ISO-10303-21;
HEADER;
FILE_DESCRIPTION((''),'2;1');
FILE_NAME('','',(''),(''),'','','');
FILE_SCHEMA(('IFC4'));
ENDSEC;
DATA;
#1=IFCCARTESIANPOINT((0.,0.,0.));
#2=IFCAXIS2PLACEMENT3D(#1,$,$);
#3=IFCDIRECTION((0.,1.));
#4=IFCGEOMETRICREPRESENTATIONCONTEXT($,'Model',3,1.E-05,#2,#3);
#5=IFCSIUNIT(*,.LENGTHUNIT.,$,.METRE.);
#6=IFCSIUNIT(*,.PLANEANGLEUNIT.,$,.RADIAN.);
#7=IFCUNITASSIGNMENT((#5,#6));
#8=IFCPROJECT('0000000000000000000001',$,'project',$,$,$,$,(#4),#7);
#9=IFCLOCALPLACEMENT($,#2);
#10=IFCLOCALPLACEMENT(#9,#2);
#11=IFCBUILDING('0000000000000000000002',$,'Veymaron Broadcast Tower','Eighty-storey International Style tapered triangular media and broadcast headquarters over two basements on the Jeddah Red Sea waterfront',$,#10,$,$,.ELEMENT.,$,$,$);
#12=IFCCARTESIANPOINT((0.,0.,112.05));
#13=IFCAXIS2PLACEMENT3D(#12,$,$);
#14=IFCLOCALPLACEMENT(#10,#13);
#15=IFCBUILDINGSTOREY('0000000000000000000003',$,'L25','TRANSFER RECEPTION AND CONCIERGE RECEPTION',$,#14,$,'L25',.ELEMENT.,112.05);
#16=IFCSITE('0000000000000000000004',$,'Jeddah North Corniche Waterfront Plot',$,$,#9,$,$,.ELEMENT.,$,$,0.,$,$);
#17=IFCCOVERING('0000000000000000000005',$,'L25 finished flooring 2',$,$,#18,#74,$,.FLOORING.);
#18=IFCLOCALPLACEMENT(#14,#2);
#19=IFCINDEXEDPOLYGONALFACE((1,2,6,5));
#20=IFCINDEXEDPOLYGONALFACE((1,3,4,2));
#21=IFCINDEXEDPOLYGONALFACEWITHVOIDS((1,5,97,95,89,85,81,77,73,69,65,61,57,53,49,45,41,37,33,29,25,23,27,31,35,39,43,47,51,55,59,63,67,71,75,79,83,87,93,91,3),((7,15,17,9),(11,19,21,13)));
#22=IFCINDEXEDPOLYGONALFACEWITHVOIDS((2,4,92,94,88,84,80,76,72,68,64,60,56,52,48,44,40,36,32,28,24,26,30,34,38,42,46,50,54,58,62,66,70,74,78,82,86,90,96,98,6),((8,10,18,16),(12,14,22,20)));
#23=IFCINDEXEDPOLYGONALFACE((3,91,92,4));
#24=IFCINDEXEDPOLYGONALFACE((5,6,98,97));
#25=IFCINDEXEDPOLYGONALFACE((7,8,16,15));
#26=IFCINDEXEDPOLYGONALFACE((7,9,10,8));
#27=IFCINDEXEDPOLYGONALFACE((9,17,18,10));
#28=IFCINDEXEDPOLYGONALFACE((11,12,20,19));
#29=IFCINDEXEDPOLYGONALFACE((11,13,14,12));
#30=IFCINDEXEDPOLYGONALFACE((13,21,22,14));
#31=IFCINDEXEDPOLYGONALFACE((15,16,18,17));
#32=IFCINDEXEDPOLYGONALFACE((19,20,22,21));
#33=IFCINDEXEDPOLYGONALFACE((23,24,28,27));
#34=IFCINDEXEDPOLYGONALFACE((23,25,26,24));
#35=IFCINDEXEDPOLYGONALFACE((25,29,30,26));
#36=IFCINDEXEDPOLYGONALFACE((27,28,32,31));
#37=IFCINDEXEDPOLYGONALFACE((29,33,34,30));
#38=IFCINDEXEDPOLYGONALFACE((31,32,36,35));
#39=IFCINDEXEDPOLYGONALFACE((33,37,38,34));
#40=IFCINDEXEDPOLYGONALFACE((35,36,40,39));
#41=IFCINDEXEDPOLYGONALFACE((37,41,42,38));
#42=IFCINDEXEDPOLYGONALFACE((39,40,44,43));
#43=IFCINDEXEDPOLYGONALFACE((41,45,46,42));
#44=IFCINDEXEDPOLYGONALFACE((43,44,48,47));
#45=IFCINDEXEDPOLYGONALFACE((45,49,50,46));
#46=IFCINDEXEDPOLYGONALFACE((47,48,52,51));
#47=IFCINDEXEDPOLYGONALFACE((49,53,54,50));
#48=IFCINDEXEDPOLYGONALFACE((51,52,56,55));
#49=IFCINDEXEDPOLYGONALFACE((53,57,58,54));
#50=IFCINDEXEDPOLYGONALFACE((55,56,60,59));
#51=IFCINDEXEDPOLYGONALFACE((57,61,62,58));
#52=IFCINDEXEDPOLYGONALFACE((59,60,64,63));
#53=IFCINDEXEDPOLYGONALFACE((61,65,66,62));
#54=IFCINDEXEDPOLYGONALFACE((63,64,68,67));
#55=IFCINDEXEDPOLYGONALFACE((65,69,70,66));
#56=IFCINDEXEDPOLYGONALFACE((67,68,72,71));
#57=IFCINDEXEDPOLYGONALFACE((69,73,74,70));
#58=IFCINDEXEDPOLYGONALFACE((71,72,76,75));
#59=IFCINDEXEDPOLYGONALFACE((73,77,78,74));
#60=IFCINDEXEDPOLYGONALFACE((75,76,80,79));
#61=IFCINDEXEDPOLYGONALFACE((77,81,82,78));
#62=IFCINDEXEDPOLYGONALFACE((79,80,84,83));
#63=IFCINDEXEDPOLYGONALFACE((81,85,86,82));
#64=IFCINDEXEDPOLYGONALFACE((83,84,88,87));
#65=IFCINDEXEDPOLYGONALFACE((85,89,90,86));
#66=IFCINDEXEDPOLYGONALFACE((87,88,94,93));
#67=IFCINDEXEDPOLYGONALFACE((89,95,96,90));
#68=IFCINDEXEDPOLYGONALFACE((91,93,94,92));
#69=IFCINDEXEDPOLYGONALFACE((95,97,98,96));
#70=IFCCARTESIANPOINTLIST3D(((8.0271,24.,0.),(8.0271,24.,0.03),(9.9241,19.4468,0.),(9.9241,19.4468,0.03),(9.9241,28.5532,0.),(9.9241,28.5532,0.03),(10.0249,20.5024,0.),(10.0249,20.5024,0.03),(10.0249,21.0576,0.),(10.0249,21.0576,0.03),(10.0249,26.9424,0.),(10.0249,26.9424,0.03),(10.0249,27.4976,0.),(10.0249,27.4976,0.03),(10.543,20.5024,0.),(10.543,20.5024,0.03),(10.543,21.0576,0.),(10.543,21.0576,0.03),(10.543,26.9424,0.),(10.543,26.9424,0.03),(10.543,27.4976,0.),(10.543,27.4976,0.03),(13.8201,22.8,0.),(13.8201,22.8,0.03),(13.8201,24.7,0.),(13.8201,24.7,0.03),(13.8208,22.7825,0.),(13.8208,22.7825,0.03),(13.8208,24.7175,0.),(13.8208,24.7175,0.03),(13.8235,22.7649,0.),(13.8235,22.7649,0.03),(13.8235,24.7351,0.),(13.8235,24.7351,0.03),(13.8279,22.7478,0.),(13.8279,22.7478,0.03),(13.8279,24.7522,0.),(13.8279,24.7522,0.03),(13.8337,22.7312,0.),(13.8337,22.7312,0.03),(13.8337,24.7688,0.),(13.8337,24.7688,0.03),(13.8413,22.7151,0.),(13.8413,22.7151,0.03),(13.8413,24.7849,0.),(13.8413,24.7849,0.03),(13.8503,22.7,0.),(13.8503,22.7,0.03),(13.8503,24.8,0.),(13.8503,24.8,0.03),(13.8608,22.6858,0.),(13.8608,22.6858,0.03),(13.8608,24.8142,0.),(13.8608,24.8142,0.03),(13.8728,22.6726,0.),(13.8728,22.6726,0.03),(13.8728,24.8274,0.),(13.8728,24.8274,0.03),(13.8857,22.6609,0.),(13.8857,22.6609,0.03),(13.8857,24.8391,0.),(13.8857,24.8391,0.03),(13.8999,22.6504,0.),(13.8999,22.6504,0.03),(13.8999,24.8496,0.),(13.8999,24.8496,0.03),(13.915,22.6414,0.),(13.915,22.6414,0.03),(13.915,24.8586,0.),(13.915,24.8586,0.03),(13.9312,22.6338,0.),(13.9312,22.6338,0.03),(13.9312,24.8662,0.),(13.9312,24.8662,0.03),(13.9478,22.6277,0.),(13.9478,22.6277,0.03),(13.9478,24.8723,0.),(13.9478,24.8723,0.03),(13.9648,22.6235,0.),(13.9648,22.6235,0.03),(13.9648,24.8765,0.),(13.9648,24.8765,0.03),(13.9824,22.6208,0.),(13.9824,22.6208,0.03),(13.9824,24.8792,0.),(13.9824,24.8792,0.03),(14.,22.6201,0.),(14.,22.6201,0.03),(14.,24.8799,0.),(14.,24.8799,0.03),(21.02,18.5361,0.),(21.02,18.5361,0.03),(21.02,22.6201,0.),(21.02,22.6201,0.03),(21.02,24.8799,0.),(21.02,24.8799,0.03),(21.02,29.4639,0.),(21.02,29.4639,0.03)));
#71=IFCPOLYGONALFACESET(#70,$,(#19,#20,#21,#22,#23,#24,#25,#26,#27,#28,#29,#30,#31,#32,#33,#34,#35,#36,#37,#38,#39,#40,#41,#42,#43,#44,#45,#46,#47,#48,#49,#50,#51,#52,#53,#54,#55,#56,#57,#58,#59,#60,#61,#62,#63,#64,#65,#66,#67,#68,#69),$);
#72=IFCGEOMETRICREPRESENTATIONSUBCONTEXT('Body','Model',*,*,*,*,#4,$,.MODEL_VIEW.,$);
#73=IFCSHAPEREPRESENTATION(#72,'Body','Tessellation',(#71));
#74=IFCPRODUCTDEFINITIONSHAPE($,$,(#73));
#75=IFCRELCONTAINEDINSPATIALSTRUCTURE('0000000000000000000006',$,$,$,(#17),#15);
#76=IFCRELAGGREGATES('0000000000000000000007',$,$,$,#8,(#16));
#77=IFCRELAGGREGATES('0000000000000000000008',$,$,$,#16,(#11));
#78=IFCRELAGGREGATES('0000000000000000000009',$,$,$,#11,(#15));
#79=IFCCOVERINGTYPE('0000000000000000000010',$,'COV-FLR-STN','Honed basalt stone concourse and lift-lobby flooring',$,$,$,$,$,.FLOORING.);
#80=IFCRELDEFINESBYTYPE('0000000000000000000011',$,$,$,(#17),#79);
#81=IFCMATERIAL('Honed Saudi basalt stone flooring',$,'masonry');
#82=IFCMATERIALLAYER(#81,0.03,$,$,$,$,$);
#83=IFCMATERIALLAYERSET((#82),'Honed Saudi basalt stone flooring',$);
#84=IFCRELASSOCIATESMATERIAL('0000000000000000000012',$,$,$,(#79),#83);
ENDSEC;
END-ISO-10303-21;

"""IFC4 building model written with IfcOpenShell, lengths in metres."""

from ifc_helpers import new_model, si_unit, direction, frame, origin, place, context, subcontext, project, spatial, polyline, outline, extrude, material, layer, layer_set, type_object, element, save


model = new_model("IFC4")

# Units and contexts
model_context = context("Model", 3, precision=1e-05, world=origin(), true_north=direction((0.0, 1.0)))
body_context = subcontext(model_context, "Body", "Model", "MODEL_VIEW")
ifc_project = project(units=[si_unit("LENGTHUNIT", "METRE"), si_unit("PLANEANGLEUNIT", "RADIAN")], contexts=[model_context])

# Site, building, storey
site_placement = place(None, origin())
site = spatial("IfcSite", under=ifc_project, at=site_placement, Name="Jeddah North Corniche Waterfront Plot", CompositionType="ELEMENT", RefElevation=0.0)
building_placement = place(site_placement, origin())
building = spatial("IfcBuilding", under=site, at=building_placement, Name="Veymaron Broadcast Tower", Description="Eighty-storey International Style tapered triangular media and broadcast headquarters over two basements on the Jeddah Red Sea waterfront", CompositionType="ELEMENT")
storey_placement = place(building_placement, frame((0.0, 0.0, 112.05)))
storey = spatial("IfcBuildingStorey", under=building, at=storey_placement, Name="L25", Description="TRANSFER RECEPTION AND CONCIERGE RECEPTION", LongName="L25", CompositionType="ELEMENT", Elevation=112.05)

# Covering
ifc_material_1 = material(Name="Honed Saudi basalt stone flooring", Category="masonry")
ifc_layer_1 = layer(ifc_material_1, 0.03)
ifc_layer_set_1 = layer_set([ifc_layer_1], Name="Honed Saudi basalt stone flooring")
covering_type_1 = type_object("IfcCoveringType", Name="COV-FLR-STN", Description="Honed basalt stone concourse and lift-lobby flooring", PredefinedType="FLOORING", material=ifc_layer_set_1)
covering_1_placement = place(storey_placement, origin())
element("IfcCovering", 1, at=covering_1_placement, inside=storey, type_object=covering_type_1, Name="L25 finished flooring 2", PredefinedType="FLOORING", context=body_context, shape_type="SweptSolid", body=[
    extrude(outline(polyline([(13.8503, 24.8), (13.8413, 24.7849), (13.8337, 24.7688), (13.8279, 24.7522), (13.8235, 24.7351), (13.8208, 24.7175), (13.8201, 24.7), (13.8201, 22.8), (13.8208, 22.7825), (13.8235, 22.7649), (13.8279, 22.7478), (13.8337, 22.7312), (13.8413, 22.7151), (13.8503, 22.7), (13.8608, 22.6858), (13.8728, 22.6726), (13.8857, 22.6609), (13.8999, 22.6504), (13.915, 22.6414), (13.9312, 22.6338), (13.9478, 22.6277), (13.9648, 22.6235), (13.9824, 22.6208), (14.0, 22.6201), (21.02, 22.6201), (21.02, 18.5361), (9.9241, 19.4468), (8.0271, 24.0), (9.9241, 28.5532), (21.02, 29.4639), (21.02, 24.8799), (14.0, 24.8799), (13.9824, 24.8792), (13.9648, 24.8765), (13.9478, 24.8723), (13.9312, 24.8662), (13.915, 24.8586), (13.8999, 24.8496), (13.8857, 24.8391), (13.8728, 24.8274), (13.8608, 24.8142), (13.8503, 24.8)]), holes=[polyline([(10.0249, 21.0576), (10.0249, 20.5024), (10.543, 20.5024), (10.543, 21.0576), (10.0249, 21.0576)]), polyline([(10.543, 27.4976), (10.0249, 27.4976), (10.0249, 26.9424), (10.543, 26.9424), (10.543, 27.4976)])]), origin(), (0.0, 0.0, 1.0), 0.03),
])

save(model, "model.ifc")
